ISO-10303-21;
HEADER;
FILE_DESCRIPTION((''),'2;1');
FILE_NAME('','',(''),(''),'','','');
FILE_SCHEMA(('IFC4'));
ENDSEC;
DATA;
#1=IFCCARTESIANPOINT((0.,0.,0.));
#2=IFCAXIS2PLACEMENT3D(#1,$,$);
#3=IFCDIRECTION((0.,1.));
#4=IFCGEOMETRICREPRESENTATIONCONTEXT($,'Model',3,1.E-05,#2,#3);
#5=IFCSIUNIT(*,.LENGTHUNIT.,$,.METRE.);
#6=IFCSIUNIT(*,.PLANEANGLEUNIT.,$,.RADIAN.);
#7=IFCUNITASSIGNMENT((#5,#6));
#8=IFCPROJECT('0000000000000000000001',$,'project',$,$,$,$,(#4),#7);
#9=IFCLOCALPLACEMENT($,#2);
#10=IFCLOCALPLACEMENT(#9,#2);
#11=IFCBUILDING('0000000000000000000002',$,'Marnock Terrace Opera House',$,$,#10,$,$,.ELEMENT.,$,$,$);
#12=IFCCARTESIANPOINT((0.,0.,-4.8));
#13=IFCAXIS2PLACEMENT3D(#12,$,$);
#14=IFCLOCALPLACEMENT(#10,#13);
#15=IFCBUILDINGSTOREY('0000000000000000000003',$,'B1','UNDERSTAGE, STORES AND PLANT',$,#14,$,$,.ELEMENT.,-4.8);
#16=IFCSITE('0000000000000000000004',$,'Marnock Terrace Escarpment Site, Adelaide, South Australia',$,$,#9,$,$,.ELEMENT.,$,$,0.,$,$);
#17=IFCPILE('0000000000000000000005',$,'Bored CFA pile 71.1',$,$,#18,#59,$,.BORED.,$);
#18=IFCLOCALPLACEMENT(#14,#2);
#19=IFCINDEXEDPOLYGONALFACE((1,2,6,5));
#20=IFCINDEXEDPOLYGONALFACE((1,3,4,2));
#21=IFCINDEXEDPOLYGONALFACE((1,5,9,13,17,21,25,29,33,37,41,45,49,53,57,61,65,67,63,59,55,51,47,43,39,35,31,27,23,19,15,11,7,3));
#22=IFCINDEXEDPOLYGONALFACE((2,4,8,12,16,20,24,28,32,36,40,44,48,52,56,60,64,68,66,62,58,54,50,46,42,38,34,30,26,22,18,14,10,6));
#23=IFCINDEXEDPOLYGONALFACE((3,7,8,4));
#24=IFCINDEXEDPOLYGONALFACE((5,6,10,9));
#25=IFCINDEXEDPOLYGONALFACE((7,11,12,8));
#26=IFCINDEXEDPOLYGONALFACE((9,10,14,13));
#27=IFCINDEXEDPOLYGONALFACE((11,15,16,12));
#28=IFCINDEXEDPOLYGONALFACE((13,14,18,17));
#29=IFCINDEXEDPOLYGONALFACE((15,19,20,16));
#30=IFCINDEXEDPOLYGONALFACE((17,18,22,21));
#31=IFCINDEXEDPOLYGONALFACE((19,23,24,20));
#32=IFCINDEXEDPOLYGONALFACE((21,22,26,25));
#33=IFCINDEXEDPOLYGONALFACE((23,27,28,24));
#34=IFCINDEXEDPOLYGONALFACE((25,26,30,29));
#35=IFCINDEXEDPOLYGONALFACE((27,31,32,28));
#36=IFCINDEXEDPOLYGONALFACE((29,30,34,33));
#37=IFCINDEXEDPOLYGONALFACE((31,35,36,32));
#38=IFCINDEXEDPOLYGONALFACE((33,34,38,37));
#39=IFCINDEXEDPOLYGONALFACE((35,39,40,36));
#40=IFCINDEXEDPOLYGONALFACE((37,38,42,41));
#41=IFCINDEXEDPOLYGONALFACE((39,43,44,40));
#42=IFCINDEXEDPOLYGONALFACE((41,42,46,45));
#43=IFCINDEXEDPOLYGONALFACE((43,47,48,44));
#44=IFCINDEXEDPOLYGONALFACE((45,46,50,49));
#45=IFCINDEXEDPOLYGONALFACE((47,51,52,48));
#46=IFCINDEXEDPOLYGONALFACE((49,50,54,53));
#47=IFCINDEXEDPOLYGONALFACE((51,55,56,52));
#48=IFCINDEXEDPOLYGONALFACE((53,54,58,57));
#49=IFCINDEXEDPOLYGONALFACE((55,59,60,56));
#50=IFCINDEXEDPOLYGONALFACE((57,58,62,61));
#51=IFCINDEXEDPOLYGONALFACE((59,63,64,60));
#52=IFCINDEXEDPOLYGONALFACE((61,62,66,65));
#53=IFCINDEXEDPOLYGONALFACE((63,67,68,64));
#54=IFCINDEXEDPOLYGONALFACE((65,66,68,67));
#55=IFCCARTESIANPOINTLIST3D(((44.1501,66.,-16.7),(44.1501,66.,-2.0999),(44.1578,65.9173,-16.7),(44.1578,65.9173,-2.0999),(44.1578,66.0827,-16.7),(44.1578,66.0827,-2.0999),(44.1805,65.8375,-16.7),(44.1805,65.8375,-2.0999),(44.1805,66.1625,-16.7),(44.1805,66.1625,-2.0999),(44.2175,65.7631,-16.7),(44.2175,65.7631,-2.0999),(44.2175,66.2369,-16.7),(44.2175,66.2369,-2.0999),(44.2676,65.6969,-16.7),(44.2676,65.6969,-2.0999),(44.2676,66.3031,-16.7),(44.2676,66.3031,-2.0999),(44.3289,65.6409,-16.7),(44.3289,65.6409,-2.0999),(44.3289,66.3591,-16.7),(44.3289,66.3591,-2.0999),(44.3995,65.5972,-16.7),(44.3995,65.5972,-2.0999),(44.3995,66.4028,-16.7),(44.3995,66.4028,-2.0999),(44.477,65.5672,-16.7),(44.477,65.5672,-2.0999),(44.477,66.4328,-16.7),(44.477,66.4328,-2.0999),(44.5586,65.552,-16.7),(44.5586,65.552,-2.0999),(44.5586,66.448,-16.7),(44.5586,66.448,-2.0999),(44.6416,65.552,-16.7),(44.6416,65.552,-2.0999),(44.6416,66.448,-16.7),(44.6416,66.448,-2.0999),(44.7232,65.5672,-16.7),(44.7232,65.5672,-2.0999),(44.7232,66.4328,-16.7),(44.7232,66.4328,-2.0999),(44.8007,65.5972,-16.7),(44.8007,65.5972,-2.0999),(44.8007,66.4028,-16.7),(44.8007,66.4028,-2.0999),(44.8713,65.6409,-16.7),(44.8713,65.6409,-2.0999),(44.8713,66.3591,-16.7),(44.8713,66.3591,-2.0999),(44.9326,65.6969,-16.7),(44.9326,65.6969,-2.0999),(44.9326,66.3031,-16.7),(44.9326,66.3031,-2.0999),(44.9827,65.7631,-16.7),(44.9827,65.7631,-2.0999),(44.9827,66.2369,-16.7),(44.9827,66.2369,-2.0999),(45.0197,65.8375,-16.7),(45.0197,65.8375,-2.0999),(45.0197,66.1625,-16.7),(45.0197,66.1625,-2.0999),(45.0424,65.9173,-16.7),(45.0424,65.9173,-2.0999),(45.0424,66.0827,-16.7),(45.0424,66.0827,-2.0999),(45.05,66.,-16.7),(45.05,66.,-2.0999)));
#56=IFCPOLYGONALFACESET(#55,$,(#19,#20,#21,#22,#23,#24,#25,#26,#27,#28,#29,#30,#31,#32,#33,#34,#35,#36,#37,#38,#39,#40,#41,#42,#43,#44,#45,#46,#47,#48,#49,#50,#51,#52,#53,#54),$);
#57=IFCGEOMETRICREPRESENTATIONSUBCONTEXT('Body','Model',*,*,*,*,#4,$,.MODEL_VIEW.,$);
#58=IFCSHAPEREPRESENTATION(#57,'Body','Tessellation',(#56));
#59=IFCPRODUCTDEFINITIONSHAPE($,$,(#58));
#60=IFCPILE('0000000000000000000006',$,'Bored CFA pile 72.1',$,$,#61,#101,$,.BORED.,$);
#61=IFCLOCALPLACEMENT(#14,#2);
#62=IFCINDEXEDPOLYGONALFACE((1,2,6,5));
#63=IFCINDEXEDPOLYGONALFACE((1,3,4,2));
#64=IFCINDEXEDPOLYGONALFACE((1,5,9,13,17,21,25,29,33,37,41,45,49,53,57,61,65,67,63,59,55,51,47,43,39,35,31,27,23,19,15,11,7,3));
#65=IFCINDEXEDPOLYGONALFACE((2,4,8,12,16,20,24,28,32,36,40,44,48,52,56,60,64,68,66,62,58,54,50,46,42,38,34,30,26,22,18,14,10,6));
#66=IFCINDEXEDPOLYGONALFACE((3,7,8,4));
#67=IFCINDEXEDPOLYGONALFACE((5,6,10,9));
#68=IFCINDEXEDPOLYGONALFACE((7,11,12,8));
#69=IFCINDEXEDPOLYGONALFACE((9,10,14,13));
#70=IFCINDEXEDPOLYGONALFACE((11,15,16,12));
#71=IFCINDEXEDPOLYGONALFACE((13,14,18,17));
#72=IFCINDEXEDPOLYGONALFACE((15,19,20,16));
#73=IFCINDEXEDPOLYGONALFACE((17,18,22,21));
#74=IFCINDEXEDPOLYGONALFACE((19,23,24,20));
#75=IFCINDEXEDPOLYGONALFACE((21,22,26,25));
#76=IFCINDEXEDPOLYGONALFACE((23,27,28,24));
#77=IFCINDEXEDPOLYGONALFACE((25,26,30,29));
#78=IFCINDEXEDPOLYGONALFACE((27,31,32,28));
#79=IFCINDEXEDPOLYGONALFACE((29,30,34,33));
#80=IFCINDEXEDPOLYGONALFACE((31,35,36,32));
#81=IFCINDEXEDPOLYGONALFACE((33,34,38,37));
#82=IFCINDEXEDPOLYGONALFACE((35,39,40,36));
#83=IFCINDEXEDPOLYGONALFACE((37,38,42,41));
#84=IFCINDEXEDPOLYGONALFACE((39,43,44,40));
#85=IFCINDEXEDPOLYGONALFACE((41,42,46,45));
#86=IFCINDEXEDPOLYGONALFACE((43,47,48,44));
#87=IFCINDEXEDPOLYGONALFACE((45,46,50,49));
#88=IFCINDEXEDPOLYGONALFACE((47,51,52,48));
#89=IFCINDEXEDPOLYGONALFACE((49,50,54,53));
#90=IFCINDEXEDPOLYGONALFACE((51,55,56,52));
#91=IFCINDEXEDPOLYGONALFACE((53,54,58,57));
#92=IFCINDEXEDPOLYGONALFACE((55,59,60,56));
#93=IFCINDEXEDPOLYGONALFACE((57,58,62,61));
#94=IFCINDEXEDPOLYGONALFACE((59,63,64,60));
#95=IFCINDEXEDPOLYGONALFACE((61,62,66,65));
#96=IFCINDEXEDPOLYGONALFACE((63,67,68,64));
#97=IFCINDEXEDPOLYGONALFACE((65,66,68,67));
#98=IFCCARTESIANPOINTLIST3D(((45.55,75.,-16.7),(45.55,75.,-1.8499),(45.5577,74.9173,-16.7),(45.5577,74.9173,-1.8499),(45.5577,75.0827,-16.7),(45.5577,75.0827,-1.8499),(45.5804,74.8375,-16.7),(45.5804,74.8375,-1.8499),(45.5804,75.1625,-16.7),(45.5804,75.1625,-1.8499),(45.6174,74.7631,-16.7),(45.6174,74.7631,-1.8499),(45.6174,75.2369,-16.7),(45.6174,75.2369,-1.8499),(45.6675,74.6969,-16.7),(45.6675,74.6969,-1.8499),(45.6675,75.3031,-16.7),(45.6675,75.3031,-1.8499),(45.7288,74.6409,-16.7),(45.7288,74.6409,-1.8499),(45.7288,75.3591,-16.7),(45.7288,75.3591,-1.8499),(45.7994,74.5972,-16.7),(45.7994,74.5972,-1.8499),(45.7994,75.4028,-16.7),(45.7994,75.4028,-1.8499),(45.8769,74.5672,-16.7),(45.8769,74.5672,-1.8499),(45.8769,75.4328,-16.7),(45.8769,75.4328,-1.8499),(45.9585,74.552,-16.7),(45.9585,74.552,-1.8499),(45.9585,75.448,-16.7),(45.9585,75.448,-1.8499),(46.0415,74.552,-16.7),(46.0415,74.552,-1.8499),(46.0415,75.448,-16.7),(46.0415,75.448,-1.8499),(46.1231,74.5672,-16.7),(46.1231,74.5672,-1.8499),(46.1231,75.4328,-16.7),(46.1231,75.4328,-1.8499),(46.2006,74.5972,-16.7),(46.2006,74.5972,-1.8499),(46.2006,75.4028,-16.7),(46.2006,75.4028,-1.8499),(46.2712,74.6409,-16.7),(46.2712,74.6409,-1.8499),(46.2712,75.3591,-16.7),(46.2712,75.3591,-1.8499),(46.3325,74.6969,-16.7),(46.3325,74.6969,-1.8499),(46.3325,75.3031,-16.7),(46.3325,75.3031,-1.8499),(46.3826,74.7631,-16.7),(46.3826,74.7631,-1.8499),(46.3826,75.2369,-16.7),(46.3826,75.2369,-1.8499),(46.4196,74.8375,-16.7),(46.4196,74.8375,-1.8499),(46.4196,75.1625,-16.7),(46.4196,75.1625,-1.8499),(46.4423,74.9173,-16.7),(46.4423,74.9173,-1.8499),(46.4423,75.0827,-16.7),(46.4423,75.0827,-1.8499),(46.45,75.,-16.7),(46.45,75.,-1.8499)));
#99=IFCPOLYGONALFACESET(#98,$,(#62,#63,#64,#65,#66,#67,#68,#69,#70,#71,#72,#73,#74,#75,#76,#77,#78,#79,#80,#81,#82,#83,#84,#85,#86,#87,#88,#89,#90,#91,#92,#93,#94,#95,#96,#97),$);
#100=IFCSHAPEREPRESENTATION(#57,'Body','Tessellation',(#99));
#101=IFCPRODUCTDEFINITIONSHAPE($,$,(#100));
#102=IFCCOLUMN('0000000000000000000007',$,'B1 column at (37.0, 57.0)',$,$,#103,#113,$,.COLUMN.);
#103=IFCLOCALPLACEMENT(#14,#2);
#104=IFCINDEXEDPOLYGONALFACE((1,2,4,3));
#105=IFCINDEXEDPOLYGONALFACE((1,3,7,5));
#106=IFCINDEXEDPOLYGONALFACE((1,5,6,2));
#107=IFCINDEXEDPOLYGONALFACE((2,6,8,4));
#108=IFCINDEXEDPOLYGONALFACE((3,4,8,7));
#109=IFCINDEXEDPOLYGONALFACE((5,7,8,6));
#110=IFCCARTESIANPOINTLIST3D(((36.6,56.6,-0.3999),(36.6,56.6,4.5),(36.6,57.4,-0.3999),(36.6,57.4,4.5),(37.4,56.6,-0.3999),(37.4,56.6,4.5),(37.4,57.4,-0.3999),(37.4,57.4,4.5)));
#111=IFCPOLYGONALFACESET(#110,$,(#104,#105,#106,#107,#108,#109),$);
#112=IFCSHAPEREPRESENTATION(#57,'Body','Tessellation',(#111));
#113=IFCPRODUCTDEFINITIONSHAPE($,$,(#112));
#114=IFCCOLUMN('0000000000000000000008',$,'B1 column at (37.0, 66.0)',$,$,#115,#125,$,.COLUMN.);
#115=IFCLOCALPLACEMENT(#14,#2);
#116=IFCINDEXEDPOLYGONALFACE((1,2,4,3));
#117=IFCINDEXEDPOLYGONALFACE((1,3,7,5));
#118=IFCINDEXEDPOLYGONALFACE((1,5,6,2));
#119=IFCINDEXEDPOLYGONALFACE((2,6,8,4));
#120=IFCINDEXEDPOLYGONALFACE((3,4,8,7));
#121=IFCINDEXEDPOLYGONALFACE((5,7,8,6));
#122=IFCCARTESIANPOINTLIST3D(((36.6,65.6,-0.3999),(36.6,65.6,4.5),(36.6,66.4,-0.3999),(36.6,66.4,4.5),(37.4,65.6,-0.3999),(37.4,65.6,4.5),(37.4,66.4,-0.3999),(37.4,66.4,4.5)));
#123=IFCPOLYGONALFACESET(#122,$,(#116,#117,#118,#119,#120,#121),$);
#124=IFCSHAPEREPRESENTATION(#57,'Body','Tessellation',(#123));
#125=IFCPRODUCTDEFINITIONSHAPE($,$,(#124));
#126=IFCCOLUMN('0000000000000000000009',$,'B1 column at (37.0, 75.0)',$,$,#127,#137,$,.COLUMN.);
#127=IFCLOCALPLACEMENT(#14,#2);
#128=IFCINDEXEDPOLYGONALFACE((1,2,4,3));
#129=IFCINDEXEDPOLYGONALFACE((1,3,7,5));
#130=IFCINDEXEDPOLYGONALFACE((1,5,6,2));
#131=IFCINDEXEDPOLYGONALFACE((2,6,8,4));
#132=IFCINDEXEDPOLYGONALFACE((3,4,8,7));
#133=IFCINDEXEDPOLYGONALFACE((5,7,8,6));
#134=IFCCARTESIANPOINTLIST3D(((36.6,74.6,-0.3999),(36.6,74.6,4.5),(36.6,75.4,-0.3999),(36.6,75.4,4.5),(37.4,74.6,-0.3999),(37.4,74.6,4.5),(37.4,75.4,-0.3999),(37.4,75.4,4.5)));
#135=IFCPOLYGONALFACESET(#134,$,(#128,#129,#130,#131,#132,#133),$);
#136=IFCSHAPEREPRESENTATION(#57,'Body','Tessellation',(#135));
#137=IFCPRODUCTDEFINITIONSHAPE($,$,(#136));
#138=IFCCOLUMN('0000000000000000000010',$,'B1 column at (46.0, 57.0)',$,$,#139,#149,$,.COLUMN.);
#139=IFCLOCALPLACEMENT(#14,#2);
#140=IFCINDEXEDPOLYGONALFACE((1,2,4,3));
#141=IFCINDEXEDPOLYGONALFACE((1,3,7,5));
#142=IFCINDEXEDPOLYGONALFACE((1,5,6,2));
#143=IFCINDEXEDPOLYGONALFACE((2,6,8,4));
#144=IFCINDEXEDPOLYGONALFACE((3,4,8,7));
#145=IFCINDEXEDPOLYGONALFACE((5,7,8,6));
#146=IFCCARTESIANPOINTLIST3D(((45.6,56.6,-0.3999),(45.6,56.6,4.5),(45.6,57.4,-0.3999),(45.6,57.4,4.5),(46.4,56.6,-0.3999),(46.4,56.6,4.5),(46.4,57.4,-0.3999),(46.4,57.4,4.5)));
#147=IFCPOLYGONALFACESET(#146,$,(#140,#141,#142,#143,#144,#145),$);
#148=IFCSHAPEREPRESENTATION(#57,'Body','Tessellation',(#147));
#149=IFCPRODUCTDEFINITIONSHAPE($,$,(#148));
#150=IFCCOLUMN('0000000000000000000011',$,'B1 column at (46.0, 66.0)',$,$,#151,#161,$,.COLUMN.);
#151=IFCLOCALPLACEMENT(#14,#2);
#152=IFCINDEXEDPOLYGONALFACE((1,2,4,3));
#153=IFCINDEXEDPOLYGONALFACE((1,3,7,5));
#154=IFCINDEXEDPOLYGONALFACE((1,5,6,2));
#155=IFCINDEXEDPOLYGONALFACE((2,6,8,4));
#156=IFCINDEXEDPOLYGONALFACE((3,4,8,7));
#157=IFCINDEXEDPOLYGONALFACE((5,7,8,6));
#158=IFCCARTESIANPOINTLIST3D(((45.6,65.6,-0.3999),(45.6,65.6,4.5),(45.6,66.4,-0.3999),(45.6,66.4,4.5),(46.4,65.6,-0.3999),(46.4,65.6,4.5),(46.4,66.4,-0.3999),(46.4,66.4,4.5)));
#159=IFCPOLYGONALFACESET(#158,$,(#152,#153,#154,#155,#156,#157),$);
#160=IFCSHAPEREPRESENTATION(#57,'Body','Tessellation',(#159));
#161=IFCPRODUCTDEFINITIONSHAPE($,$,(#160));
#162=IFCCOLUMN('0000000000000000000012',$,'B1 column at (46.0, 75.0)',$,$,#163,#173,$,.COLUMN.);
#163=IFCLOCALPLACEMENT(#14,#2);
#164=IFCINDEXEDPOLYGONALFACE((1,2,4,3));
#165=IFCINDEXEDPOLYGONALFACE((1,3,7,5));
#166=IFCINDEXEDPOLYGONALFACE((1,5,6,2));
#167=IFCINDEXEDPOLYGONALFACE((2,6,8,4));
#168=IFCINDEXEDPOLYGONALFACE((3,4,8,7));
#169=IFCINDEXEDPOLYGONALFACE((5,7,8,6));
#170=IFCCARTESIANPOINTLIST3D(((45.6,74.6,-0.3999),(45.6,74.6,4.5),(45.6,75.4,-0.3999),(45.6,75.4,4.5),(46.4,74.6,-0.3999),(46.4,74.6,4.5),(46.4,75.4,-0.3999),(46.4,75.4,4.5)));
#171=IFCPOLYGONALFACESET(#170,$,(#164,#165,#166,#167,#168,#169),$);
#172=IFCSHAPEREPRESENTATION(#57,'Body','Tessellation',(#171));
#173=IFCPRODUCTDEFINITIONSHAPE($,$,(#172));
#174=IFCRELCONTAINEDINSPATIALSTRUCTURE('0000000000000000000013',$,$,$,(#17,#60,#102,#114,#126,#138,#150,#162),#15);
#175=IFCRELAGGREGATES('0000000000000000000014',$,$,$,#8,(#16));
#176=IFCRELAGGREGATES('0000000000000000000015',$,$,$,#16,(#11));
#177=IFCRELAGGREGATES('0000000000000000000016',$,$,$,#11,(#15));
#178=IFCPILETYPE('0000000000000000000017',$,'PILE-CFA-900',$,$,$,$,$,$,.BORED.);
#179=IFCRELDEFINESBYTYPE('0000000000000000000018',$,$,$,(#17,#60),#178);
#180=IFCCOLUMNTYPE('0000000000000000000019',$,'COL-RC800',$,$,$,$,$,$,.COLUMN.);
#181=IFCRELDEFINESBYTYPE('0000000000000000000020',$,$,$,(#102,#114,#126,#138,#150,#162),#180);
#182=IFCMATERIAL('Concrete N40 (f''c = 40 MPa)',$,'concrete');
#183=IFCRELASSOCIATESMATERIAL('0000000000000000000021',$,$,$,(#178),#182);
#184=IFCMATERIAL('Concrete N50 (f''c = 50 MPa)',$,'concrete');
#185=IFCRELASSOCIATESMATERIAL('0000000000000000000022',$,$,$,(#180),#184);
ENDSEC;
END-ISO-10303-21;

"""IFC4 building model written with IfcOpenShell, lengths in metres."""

from ifc_helpers import new_model, si_unit, direction, frame, origin, origin_2d, place, context, subcontext, project, spatial, rectangle, circle, extrude, material, material_profile, profile_set, type_object, element, save


model = new_model("IFC4")

# Units and contexts
model_context = context("Model", 3, precision=1e-05, world=origin(), true_north=direction((0.0, 1.0)))
body_context = subcontext(model_context, "Body", "Model", "MODEL_VIEW")
ifc_project = project(units=[si_unit("LENGTHUNIT", "METRE"), si_unit("PLANEANGLEUNIT", "RADIAN")], contexts=[model_context])

# Site, building, storey
site_placement = place(None, origin())
site = spatial("IfcSite", under=ifc_project, at=site_placement, Name="Marnock Terrace Escarpment Site, Adelaide, South Australia", CompositionType="ELEMENT", RefElevation=0.0)
building_placement = place(site_placement, origin())
building = spatial("IfcBuilding", under=site, at=building_placement, Name="Marnock Terrace Opera House", CompositionType="ELEMENT")
storey_placement = place(building_placement, frame((0.0, 0.0, -4.8)))
storey = spatial("IfcBuildingStorey", under=building, at=storey_placement, Name="B1", Description="UNDERSTAGE, STORES AND PLANT", CompositionType="ELEMENT", Elevation=-4.8)

# Shared definitions
ifc_material_1 = material(Name="Concrete N40 (f'c = 40 MPa)", Category="concrete")

# Piles
ifc_material_profile_1 = material_profile(ifc_material_1, circle(Radius=0.45, at=origin_2d()))
ifc_profile_set_1 = profile_set([ifc_material_profile_1], Name="Concrete N40 (f'c = 40 MPa)")
pile_type = type_object("IfcPileType", Name="PILE-CFA-900", PredefinedType="BORED", material=ifc_profile_set_1)
pile_1_placement = place(storey_placement, frame((44.6001, 66.0, -2.0999), z_axis=(0.0, 0.0, -1.0), x_axis=(1.0, 0.0, 0.0)))
element("IfcPile", 1, at=pile_1_placement, inside=storey, type_object=pile_type, Name="Bored CFA pile 71.1", PredefinedType="BORED", context=body_context, shape_type="SweptSolid", body=[
    extrude(circle(Radius=0.45, at=origin_2d()), origin(), (0.0, 0.0, 1.0), 14.6001),
])
pile_2_placement = place(storey_placement, frame((46.0, 75.0, -1.8499), z_axis=(0.0, 0.0, -1.0), x_axis=(1.0, 0.0, 0.0)))
element("IfcPile", 2, at=pile_2_placement, inside=storey, type_object=pile_type, Name="Bored CFA pile 72.1", PredefinedType="BORED", context=body_context, shape_type="SweptSolid", body=[
    extrude(circle(Radius=0.45, at=origin_2d()), origin(), (0.0, 0.0, 1.0), 14.8501),
])

# Columns
ifc_material_2 = material(Name="Concrete N50 (f'c = 50 MPa)", Category="concrete")
ifc_material_profile_2 = material_profile(ifc_material_2, rectangle(XDim=0.8, YDim=0.8, at=origin_2d()))
ifc_profile_set_2 = profile_set([ifc_material_profile_2], Name="Concrete N50 (f'c = 50 MPa)")
column_type = type_object("IfcColumnType", Name="COL-RC800", PredefinedType="COLUMN", material=ifc_profile_set_2)
for number, where, z_axis, x_axis, name in (
    (3, (37.0, 57.0, -0.3999), (0.0, 0.0, 1.0), (1.0, 0.0, 0.0), "B1 column at (37.0, 57.0)"),
    (4, (37.0, 66.0, -0.3999), (0.0, 0.0, 1.0), (1.0, 0.0, 0.0), "B1 column at (37.0, 66.0)"),
    (5, (37.0, 75.0, -0.3999), (0.0, 0.0, 1.0), (1.0, 0.0, 0.0), "B1 column at (37.0, 75.0)"),
    (6, (46.0, 57.0, -0.3999), (0.0, 0.0, 1.0), (1.0, 0.0, 0.0), "B1 column at (46.0, 57.0)"),
    (7, (46.0, 66.0, -0.3999), (0.0, 0.0, 1.0), (1.0, 0.0, 0.0), "B1 column at (46.0, 66.0)"),
    (8, (46.0, 75.0, -0.3999), (0.0, 0.0, 1.0), (1.0, 0.0, 0.0), "B1 column at (46.0, 75.0)"),
):
    element("IfcColumn", number, at=place(storey_placement, frame(where, z_axis=z_axis, x_axis=x_axis)), inside=storey, type_object=column_type, Name=name, PredefinedType="COLUMN", context=body_context, shape_type="SweptSolid", body=[
        extrude(rectangle(XDim=0.8, YDim=0.8, at=origin_2d()), origin(), (0.0, 0.0, 1.0), 4.8999),
    ])

save(model, "model.ifc")
